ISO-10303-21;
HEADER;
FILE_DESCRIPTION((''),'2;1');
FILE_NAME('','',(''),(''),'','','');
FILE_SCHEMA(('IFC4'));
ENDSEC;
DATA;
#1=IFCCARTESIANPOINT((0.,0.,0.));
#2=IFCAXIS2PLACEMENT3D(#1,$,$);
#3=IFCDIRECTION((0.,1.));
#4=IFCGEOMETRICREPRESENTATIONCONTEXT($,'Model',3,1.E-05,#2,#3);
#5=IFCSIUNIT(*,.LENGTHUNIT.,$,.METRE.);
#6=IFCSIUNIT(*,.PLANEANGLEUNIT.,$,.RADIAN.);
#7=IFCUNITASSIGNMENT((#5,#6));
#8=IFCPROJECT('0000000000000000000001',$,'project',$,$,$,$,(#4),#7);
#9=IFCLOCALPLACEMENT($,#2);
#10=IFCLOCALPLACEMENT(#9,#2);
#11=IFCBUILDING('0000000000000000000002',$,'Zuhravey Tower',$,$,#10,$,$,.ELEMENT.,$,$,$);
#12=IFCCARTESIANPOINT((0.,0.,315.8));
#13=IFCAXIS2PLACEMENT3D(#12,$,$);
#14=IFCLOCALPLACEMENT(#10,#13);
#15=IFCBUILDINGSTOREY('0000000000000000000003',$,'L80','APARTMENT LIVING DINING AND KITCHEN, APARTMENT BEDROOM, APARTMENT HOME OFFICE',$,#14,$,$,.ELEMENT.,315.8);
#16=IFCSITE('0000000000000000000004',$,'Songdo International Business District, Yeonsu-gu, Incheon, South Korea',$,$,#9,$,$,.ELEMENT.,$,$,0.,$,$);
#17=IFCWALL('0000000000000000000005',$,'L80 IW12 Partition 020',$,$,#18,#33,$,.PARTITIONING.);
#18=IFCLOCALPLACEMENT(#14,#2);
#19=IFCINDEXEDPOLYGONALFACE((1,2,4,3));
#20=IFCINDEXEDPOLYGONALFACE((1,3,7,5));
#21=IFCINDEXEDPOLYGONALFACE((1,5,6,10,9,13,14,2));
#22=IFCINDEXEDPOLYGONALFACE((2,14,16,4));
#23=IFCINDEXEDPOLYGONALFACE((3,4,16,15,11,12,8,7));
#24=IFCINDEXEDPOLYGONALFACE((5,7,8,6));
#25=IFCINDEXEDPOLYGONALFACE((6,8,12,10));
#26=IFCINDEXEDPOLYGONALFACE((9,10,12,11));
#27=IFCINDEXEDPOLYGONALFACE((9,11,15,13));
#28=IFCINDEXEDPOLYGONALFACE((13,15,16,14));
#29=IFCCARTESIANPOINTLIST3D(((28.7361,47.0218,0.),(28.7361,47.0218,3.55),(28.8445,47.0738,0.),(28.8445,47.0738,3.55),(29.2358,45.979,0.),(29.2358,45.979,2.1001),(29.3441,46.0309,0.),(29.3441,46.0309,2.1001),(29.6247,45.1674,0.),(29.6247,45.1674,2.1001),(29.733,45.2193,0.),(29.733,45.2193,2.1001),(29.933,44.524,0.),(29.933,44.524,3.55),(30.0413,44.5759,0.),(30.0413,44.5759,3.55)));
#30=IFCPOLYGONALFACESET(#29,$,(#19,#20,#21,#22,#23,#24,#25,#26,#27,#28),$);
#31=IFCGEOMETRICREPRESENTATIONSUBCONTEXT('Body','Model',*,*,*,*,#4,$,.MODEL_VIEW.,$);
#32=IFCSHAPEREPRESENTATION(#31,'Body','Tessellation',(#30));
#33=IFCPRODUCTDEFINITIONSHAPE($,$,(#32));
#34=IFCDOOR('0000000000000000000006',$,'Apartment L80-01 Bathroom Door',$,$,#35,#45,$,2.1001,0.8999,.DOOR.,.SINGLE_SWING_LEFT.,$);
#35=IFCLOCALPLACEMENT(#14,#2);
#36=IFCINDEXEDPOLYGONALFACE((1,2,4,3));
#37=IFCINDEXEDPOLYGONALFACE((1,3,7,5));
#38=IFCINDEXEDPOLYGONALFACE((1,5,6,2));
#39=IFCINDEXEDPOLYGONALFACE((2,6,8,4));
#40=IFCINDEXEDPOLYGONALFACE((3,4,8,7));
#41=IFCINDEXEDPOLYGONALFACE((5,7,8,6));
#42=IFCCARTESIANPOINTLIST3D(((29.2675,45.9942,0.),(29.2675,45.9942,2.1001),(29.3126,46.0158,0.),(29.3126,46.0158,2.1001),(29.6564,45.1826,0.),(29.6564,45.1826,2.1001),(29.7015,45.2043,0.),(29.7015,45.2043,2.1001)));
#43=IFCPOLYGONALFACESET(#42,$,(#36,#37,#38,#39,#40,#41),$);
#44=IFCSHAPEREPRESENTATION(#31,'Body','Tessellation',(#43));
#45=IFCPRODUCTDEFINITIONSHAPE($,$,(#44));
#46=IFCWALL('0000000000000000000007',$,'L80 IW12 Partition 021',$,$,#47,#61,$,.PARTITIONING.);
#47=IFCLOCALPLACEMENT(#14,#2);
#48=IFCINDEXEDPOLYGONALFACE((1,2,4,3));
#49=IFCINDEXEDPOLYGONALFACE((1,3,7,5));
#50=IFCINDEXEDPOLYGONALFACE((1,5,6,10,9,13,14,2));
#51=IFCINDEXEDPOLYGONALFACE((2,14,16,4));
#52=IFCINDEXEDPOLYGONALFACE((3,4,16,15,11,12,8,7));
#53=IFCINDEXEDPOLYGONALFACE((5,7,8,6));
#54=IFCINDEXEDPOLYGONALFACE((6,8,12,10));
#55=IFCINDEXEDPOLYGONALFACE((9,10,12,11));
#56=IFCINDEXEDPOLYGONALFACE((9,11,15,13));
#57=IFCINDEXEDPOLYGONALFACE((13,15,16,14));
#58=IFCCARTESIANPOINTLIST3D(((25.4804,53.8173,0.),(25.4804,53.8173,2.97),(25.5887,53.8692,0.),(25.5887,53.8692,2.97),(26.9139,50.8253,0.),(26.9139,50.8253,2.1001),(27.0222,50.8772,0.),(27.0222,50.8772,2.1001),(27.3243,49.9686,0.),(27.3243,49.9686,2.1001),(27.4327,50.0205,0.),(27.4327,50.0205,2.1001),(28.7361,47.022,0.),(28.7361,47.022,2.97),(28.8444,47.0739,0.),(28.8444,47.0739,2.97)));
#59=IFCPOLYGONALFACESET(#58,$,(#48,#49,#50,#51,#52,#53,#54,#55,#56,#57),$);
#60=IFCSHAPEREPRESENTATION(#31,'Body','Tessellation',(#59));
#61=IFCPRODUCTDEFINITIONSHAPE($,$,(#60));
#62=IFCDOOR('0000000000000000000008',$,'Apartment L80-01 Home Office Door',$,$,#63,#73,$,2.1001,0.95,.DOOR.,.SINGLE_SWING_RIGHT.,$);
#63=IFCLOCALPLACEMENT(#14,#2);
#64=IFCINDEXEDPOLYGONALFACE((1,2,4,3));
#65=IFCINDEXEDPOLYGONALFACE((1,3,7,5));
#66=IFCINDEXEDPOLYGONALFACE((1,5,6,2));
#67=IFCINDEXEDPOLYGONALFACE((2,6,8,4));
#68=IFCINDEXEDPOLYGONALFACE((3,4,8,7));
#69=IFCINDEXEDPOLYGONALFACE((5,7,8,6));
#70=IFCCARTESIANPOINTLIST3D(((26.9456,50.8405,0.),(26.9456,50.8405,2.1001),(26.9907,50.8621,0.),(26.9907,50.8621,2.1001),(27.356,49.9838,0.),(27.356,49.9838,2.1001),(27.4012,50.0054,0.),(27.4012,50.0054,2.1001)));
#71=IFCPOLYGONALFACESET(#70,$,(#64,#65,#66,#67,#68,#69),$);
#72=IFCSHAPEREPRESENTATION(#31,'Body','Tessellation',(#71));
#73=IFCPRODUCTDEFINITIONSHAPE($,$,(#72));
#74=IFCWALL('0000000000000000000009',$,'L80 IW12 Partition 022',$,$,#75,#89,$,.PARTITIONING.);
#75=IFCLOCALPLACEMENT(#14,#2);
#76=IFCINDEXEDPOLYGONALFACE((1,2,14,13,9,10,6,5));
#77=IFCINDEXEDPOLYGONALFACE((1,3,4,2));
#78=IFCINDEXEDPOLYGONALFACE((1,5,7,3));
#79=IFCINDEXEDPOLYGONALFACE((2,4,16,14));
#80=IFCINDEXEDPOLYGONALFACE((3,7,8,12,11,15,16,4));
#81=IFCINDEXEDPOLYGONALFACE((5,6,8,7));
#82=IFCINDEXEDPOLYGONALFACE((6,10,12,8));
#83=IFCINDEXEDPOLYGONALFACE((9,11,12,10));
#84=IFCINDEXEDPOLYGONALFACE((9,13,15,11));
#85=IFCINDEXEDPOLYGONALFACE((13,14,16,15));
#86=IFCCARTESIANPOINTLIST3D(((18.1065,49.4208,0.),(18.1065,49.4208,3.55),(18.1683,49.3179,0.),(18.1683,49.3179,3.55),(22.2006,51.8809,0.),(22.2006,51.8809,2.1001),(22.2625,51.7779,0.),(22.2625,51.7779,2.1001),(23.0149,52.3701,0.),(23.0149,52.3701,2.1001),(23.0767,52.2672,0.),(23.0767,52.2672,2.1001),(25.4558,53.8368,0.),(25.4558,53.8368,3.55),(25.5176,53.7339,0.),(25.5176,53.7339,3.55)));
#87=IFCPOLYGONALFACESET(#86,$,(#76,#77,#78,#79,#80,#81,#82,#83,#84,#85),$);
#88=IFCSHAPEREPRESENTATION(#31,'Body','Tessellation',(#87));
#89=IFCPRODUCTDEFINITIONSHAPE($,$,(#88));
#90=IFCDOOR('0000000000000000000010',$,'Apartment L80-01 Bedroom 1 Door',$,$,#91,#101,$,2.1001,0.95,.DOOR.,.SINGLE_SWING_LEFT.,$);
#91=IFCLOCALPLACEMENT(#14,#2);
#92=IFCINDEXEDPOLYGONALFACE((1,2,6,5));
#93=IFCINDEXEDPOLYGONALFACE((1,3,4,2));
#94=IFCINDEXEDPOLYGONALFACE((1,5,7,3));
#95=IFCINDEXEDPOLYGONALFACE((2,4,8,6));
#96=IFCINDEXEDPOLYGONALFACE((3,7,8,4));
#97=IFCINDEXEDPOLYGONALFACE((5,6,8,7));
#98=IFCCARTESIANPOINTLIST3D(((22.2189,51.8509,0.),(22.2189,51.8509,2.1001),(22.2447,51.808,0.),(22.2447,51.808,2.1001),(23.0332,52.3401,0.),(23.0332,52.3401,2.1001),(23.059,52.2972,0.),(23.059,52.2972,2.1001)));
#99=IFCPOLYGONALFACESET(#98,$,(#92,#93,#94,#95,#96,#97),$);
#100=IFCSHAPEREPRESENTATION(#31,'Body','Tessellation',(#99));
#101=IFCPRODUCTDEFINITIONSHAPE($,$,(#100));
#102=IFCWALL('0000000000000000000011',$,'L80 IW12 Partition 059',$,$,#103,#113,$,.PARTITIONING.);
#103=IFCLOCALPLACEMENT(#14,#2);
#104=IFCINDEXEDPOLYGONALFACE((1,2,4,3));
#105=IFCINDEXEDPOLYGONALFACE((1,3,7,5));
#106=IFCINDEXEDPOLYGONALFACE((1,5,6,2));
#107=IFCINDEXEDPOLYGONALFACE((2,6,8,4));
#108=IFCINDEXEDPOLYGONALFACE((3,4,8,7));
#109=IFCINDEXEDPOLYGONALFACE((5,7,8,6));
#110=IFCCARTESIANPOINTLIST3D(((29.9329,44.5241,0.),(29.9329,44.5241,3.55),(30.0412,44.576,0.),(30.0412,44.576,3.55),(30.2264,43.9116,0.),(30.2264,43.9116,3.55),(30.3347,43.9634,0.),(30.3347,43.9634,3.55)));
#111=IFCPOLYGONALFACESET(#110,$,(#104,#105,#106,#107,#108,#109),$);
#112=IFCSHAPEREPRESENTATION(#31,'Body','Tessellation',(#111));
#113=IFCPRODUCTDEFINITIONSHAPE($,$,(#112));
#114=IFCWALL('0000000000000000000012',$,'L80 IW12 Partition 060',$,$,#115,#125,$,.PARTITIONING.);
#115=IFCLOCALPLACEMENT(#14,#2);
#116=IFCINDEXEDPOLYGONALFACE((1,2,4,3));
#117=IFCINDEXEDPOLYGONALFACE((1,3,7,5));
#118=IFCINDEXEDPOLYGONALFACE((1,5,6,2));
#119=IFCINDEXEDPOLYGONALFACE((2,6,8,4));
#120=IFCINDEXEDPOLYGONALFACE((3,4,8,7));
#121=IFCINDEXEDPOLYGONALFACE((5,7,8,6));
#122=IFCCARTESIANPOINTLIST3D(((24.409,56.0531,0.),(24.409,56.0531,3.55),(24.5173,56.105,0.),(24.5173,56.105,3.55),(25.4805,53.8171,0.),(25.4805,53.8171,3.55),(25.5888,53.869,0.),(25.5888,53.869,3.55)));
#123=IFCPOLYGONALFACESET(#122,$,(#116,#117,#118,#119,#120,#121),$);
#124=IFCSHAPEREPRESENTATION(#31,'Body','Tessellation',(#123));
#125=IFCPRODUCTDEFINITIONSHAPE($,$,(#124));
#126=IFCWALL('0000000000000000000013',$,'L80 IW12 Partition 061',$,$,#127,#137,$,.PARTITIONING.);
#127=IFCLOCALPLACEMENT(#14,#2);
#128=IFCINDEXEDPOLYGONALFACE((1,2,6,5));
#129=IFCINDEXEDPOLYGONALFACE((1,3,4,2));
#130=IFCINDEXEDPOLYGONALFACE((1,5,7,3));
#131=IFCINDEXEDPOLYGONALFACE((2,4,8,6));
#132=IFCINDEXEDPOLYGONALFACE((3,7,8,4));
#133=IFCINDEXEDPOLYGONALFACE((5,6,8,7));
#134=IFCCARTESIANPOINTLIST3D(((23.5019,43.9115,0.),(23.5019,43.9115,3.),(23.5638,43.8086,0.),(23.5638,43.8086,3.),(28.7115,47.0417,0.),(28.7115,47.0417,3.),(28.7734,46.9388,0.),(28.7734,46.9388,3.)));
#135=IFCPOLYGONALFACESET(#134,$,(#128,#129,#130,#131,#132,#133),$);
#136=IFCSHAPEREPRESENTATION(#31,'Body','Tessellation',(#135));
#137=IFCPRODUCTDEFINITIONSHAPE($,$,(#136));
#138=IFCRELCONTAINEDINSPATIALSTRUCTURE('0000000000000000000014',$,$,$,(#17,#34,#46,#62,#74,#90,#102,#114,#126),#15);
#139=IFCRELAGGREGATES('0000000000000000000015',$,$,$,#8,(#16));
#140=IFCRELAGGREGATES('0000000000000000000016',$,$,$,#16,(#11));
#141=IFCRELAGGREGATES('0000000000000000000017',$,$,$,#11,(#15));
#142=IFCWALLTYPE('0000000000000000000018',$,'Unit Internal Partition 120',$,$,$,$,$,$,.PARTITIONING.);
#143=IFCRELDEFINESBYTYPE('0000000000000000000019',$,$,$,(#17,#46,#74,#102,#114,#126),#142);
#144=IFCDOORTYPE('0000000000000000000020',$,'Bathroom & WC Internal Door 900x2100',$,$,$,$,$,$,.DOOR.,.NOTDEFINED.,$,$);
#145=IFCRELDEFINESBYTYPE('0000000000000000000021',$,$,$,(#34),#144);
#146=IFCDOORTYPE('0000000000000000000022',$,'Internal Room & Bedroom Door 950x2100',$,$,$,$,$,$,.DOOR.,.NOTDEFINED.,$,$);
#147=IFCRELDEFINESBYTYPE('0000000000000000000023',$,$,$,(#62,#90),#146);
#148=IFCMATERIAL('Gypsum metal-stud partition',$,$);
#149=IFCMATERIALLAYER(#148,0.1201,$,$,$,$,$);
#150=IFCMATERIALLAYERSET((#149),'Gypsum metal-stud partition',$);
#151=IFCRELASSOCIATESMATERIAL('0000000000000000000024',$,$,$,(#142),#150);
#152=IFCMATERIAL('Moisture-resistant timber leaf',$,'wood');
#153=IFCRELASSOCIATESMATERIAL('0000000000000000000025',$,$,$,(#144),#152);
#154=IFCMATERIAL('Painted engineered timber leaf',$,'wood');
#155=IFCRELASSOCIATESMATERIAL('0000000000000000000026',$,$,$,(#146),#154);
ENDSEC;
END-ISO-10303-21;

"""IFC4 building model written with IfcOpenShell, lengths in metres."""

from ifc_helpers import new_model, si_unit, direction, frame, frame_2d, origin, place, context, subcontext, project, spatial, rectangle, extrude, material, layer, layer_set, type_object, element, fill, save


model = new_model("IFC4")

# Units and contexts
model_context = context("Model", 3, precision=1e-05, world=origin(), true_north=direction((0.0, 1.0)))
body_context = subcontext(model_context, "Body", "Model", "MODEL_VIEW")
ifc_project = project(units=[si_unit("LENGTHUNIT", "METRE"), si_unit("PLANEANGLEUNIT", "RADIAN")], contexts=[model_context])

# Site, building, storey
site_placement = place(None, origin())
site = spatial("IfcSite", under=ifc_project, at=site_placement, Name="Songdo International Business District, Yeonsu-gu, Incheon, South Korea", CompositionType="ELEMENT", RefElevation=0.0)
building_placement = place(site_placement, origin())
building = spatial("IfcBuilding", under=site, at=building_placement, Name="Zuhravey Tower", CompositionType="ELEMENT")
storey_placement = place(building_placement, frame((0.0, 0.0, 315.8)))
storey = spatial("IfcBuildingStorey", under=building, at=storey_placement, Name="L80", Description="APARTMENT LIVING DINING AND KITCHEN, APARTMENT BEDROOM, APARTMENT HOME OFFICE", CompositionType="ELEMENT", Elevation=315.8)

# Walls, openings, doors
ifc_material_1 = material(Name="Gypsum metal-stud partition")
ifc_layer_1 = layer(ifc_material_1, 0.1201)
ifc_layer_set_1 = layer_set([ifc_layer_1], Name="Gypsum metal-stud partition")
wall_type_1 = type_object("IfcWallType", Name="Unit Internal Partition 120", PredefinedType="PARTITIONING", material=ifc_layer_set_1)
wall_1_placement = place(storey_placement, frame((29.9871, 44.55, 0.0), z_axis=(0.0, 0.0, 1.0), x_axis=(-0.432095, 0.901828, 0.0)))
wall_1 = element("IfcWall", 1, at=wall_1_placement, inside=storey, type_object=wall_type_1, Name="L80 IW12 Partition 020", PredefinedType="PARTITIONING", context=body_context, shape_type="SweptSolid", body=[
    extrude(rectangle(XDim=2.7698, YDim=0.1201, at=frame_2d((1.3848, 0.0))), origin(), (0.0, 0.0, 1.0), 3.55),
])
opening_1_placement = place(wall_1_placement, frame((0.7134, 0.0, 0.0)))
opening_1 = element("IfcOpeningElement", 2, at=opening_1_placement, cuts=wall_1, PredefinedType="OPENING", context=body_context, shape_type="SweptSolid", body=[
    extrude(rectangle(XDim=0.8999, YDim=2.1001, at=frame_2d((0.45, 1.05))), frame((0.0, 0.072, 0.0), z_axis=(0.0, -1.0, 0.0), x_axis=(1.0, 0.0, 0.0)), (0.0, 0.0, 1.0), 0.144),
])
ifc_material_2 = material(Name="Moisture-resistant timber leaf", Category="wood")
door_type_1 = type_object("IfcDoorType", Name="Bathroom & WC Internal Door 900x2100", OperationType="NOTDEFINED", PredefinedType="DOOR", material=ifc_material_2)
door_1_placement = place(opening_1_placement, origin())
door_1 = element("IfcDoor", 3, at=door_1_placement, inside=storey, type_object=door_type_1, Name="Apartment L80-01 Bathroom Door", OperationType="SINGLE_SWING_LEFT", OverallHeight=2.1001, OverallWidth=0.8999, PredefinedType="DOOR", context=body_context, shape_type="SweptSolid", body=[
    extrude(rectangle(XDim=0.8999, YDim=2.1001, at=frame_2d((0.45, 1.05))), frame((0.0, 0.0249, 0.0), z_axis=(0.0, -1.0, 0.0), x_axis=(1.0, 0.0, 0.0)), (0.0, 0.0, 1.0), 0.05),
])
fill(opening_1, door_1)
wall_2_placement = place(storey_placement, frame((28.7903, 47.0479, 0.0), z_axis=(0.0, 0.0, 1.0), x_axis=(-0.432077, 0.901837, 0.0)))
wall_2 = element("IfcWall", 4, at=wall_2_placement, inside=storey, type_object=wall_type_1, Name="L80 IW12 Partition 021", PredefinedType="PARTITIONING", context=body_context, shape_type="SweptSolid", body=[
    extrude(rectangle(XDim=7.5349, YDim=0.1201, at=frame_2d((3.7676, 0.0))), origin(), (0.0, 0.0, 1.0), 2.97),
])
opening_2_placement = place(wall_2_placement, frame((3.2673, 0.0, 0.0)))
opening_2 = element("IfcOpeningElement", 5, at=opening_2_placement, cuts=wall_2, PredefinedType="OPENING", context=body_context, shape_type="SweptSolid", body=[
    extrude(rectangle(XDim=0.95, YDim=2.1001, at=frame_2d((0.4751, 1.05))), frame((0.0, 0.072, 0.0), z_axis=(0.0, -1.0, 0.0), x_axis=(1.0, 0.0, 0.0)), (0.0, 0.0, 1.0), 0.144),
])
ifc_material_3 = material(Name="Painted engineered timber leaf", Category="wood")
door_type_2 = type_object("IfcDoorType", Name="Internal Room & Bedroom Door 950x2100", OperationType="NOTDEFINED", PredefinedType="DOOR", material=ifc_material_3)
door_2_placement = place(opening_2_placement, origin())
door_2 = element("IfcDoor", 6, at=door_2_placement, inside=storey, type_object=door_type_2, Name="Apartment L80-01 Home Office Door", OperationType="SINGLE_SWING_RIGHT", OverallHeight=2.1001, OverallWidth=0.95, PredefinedType="DOOR", context=body_context, shape_type="SweptSolid", body=[
    extrude(rectangle(XDim=0.95, YDim=2.1001, at=frame_2d((0.4751, 1.05))), frame((0.0, 0.0249, 0.0), z_axis=(0.0, -1.0, 0.0), x_axis=(1.0, 0.0, 0.0)), (0.0, 0.0, 1.0), 0.05),
])
fill(opening_2, door_2)
wall_3_placement = place(storey_placement, frame((25.4868, 53.7854, 0.0), z_axis=(0.0, 0.0, 1.0), x_axis=(-0.857164, -0.515044, 0.0)))
wall_3 = element("IfcWall", 7, at=wall_3_placement, inside=storey, type_object=wall_type_1, Name="L80 IW12 Partition 022", PredefinedType="PARTITIONING", context=body_context, shape_type="SweptSolid", body=[
    extrude(rectangle(XDim=8.574, YDim=0.1201, at=frame_2d((4.2871, 0.0))), origin(), (0.0, 0.0, 1.0), 3.55),
])
opening_3_placement = place(wall_3_placement, frame((2.8477, 0.0, 0.0)))
opening_3 = element("IfcOpeningElement", 8, at=opening_3_placement, cuts=wall_3, PredefinedType="OPENING", context=body_context, shape_type="SweptSolid", body=[
    extrude(rectangle(XDim=0.95, YDim=2.1001, at=frame_2d((0.4751, 1.05))), frame((0.0, 0.072, 0.0), z_axis=(0.0, -1.0, 0.0), x_axis=(1.0, 0.0, 0.0)), (0.0, 0.0, 1.0), 0.144),
])
door_3_placement = place(opening_3_placement, frame((0.95, 0.0, 0.0), z_axis=(0.0, 0.0, 1.0), x_axis=(-1.0, 0.0, 0.0)))
door_3 = element("IfcDoor", 9, at=door_3_placement, inside=storey, type_object=door_type_2, Name="Apartment L80-01 Bedroom 1 Door", OperationType="SINGLE_SWING_LEFT", OverallHeight=2.1001, OverallWidth=0.95, PredefinedType="DOOR", context=body_context, shape_type="SweptSolid", body=[
    extrude(rectangle(XDim=0.95, YDim=2.1001, at=frame_2d((0.4751, 1.05))), frame((0.0, 0.0249, 0.0), z_axis=(0.0, -1.0, 0.0), x_axis=(1.0, 0.0, 0.0)), (0.0, 0.0, 1.0), 0.05),
])
fill(opening_3, door_3)

# Walls
wall_4_placement = place(storey_placement, frame((30.2805, 43.9375, 0.0), z_axis=(0.0, 0.0, 1.0), x_axis=(-0.432053, 0.901848, 0.0)))
element("IfcWall", 10, at=wall_4_placement, inside=storey, type_object=wall_type_1, Name="L80 IW12 Partition 059", PredefinedType="PARTITIONING", context=body_context, shape_type="SweptSolid", body=[
    extrude(rectangle(XDim=0.6792, YDim=0.1201, at=frame_2d((0.3396, 0.0))), origin(), (0.0, 0.0, 1.0), 3.55),
])
wall_5_placement = place(storey_placement, frame((25.5347, 53.843, 0.0), z_axis=(0.0, 0.0, 1.0), x_axis=(-0.432145, 0.901804, 0.0)))
element("IfcWall", 11, at=wall_5_placement, inside=storey, type_object=wall_type_1, Name="L80 IW12 Partition 060", PredefinedType="PARTITIONING", context=body_context, shape_type="SweptSolid", body=[
    extrude(rectangle(XDim=2.4795, YDim=0.1201, at=frame_2d((1.2397, 0.0))), origin(), (0.0, 0.0, 1.0), 3.55),
])
wall_6_placement = place(storey_placement, frame((28.7424, 46.9902, 0.0), z_axis=(0.0, 0.0, 1.0), x_axis=(-0.85717, -0.515033, 0.0)))
element("IfcWall", 12, at=wall_6_placement, inside=storey, type_object=wall_type_1, Name="L80 IW12 Partition 061", PredefinedType="PARTITIONING", context=body_context, shape_type="SweptSolid", body=[
    extrude(rectangle(XDim=6.0776, YDim=0.1201, at=frame_2d((3.0388, 0.0))), origin(), (0.0, 0.0, 1.0), 3.0),
])

save(model, "model.ifc")
